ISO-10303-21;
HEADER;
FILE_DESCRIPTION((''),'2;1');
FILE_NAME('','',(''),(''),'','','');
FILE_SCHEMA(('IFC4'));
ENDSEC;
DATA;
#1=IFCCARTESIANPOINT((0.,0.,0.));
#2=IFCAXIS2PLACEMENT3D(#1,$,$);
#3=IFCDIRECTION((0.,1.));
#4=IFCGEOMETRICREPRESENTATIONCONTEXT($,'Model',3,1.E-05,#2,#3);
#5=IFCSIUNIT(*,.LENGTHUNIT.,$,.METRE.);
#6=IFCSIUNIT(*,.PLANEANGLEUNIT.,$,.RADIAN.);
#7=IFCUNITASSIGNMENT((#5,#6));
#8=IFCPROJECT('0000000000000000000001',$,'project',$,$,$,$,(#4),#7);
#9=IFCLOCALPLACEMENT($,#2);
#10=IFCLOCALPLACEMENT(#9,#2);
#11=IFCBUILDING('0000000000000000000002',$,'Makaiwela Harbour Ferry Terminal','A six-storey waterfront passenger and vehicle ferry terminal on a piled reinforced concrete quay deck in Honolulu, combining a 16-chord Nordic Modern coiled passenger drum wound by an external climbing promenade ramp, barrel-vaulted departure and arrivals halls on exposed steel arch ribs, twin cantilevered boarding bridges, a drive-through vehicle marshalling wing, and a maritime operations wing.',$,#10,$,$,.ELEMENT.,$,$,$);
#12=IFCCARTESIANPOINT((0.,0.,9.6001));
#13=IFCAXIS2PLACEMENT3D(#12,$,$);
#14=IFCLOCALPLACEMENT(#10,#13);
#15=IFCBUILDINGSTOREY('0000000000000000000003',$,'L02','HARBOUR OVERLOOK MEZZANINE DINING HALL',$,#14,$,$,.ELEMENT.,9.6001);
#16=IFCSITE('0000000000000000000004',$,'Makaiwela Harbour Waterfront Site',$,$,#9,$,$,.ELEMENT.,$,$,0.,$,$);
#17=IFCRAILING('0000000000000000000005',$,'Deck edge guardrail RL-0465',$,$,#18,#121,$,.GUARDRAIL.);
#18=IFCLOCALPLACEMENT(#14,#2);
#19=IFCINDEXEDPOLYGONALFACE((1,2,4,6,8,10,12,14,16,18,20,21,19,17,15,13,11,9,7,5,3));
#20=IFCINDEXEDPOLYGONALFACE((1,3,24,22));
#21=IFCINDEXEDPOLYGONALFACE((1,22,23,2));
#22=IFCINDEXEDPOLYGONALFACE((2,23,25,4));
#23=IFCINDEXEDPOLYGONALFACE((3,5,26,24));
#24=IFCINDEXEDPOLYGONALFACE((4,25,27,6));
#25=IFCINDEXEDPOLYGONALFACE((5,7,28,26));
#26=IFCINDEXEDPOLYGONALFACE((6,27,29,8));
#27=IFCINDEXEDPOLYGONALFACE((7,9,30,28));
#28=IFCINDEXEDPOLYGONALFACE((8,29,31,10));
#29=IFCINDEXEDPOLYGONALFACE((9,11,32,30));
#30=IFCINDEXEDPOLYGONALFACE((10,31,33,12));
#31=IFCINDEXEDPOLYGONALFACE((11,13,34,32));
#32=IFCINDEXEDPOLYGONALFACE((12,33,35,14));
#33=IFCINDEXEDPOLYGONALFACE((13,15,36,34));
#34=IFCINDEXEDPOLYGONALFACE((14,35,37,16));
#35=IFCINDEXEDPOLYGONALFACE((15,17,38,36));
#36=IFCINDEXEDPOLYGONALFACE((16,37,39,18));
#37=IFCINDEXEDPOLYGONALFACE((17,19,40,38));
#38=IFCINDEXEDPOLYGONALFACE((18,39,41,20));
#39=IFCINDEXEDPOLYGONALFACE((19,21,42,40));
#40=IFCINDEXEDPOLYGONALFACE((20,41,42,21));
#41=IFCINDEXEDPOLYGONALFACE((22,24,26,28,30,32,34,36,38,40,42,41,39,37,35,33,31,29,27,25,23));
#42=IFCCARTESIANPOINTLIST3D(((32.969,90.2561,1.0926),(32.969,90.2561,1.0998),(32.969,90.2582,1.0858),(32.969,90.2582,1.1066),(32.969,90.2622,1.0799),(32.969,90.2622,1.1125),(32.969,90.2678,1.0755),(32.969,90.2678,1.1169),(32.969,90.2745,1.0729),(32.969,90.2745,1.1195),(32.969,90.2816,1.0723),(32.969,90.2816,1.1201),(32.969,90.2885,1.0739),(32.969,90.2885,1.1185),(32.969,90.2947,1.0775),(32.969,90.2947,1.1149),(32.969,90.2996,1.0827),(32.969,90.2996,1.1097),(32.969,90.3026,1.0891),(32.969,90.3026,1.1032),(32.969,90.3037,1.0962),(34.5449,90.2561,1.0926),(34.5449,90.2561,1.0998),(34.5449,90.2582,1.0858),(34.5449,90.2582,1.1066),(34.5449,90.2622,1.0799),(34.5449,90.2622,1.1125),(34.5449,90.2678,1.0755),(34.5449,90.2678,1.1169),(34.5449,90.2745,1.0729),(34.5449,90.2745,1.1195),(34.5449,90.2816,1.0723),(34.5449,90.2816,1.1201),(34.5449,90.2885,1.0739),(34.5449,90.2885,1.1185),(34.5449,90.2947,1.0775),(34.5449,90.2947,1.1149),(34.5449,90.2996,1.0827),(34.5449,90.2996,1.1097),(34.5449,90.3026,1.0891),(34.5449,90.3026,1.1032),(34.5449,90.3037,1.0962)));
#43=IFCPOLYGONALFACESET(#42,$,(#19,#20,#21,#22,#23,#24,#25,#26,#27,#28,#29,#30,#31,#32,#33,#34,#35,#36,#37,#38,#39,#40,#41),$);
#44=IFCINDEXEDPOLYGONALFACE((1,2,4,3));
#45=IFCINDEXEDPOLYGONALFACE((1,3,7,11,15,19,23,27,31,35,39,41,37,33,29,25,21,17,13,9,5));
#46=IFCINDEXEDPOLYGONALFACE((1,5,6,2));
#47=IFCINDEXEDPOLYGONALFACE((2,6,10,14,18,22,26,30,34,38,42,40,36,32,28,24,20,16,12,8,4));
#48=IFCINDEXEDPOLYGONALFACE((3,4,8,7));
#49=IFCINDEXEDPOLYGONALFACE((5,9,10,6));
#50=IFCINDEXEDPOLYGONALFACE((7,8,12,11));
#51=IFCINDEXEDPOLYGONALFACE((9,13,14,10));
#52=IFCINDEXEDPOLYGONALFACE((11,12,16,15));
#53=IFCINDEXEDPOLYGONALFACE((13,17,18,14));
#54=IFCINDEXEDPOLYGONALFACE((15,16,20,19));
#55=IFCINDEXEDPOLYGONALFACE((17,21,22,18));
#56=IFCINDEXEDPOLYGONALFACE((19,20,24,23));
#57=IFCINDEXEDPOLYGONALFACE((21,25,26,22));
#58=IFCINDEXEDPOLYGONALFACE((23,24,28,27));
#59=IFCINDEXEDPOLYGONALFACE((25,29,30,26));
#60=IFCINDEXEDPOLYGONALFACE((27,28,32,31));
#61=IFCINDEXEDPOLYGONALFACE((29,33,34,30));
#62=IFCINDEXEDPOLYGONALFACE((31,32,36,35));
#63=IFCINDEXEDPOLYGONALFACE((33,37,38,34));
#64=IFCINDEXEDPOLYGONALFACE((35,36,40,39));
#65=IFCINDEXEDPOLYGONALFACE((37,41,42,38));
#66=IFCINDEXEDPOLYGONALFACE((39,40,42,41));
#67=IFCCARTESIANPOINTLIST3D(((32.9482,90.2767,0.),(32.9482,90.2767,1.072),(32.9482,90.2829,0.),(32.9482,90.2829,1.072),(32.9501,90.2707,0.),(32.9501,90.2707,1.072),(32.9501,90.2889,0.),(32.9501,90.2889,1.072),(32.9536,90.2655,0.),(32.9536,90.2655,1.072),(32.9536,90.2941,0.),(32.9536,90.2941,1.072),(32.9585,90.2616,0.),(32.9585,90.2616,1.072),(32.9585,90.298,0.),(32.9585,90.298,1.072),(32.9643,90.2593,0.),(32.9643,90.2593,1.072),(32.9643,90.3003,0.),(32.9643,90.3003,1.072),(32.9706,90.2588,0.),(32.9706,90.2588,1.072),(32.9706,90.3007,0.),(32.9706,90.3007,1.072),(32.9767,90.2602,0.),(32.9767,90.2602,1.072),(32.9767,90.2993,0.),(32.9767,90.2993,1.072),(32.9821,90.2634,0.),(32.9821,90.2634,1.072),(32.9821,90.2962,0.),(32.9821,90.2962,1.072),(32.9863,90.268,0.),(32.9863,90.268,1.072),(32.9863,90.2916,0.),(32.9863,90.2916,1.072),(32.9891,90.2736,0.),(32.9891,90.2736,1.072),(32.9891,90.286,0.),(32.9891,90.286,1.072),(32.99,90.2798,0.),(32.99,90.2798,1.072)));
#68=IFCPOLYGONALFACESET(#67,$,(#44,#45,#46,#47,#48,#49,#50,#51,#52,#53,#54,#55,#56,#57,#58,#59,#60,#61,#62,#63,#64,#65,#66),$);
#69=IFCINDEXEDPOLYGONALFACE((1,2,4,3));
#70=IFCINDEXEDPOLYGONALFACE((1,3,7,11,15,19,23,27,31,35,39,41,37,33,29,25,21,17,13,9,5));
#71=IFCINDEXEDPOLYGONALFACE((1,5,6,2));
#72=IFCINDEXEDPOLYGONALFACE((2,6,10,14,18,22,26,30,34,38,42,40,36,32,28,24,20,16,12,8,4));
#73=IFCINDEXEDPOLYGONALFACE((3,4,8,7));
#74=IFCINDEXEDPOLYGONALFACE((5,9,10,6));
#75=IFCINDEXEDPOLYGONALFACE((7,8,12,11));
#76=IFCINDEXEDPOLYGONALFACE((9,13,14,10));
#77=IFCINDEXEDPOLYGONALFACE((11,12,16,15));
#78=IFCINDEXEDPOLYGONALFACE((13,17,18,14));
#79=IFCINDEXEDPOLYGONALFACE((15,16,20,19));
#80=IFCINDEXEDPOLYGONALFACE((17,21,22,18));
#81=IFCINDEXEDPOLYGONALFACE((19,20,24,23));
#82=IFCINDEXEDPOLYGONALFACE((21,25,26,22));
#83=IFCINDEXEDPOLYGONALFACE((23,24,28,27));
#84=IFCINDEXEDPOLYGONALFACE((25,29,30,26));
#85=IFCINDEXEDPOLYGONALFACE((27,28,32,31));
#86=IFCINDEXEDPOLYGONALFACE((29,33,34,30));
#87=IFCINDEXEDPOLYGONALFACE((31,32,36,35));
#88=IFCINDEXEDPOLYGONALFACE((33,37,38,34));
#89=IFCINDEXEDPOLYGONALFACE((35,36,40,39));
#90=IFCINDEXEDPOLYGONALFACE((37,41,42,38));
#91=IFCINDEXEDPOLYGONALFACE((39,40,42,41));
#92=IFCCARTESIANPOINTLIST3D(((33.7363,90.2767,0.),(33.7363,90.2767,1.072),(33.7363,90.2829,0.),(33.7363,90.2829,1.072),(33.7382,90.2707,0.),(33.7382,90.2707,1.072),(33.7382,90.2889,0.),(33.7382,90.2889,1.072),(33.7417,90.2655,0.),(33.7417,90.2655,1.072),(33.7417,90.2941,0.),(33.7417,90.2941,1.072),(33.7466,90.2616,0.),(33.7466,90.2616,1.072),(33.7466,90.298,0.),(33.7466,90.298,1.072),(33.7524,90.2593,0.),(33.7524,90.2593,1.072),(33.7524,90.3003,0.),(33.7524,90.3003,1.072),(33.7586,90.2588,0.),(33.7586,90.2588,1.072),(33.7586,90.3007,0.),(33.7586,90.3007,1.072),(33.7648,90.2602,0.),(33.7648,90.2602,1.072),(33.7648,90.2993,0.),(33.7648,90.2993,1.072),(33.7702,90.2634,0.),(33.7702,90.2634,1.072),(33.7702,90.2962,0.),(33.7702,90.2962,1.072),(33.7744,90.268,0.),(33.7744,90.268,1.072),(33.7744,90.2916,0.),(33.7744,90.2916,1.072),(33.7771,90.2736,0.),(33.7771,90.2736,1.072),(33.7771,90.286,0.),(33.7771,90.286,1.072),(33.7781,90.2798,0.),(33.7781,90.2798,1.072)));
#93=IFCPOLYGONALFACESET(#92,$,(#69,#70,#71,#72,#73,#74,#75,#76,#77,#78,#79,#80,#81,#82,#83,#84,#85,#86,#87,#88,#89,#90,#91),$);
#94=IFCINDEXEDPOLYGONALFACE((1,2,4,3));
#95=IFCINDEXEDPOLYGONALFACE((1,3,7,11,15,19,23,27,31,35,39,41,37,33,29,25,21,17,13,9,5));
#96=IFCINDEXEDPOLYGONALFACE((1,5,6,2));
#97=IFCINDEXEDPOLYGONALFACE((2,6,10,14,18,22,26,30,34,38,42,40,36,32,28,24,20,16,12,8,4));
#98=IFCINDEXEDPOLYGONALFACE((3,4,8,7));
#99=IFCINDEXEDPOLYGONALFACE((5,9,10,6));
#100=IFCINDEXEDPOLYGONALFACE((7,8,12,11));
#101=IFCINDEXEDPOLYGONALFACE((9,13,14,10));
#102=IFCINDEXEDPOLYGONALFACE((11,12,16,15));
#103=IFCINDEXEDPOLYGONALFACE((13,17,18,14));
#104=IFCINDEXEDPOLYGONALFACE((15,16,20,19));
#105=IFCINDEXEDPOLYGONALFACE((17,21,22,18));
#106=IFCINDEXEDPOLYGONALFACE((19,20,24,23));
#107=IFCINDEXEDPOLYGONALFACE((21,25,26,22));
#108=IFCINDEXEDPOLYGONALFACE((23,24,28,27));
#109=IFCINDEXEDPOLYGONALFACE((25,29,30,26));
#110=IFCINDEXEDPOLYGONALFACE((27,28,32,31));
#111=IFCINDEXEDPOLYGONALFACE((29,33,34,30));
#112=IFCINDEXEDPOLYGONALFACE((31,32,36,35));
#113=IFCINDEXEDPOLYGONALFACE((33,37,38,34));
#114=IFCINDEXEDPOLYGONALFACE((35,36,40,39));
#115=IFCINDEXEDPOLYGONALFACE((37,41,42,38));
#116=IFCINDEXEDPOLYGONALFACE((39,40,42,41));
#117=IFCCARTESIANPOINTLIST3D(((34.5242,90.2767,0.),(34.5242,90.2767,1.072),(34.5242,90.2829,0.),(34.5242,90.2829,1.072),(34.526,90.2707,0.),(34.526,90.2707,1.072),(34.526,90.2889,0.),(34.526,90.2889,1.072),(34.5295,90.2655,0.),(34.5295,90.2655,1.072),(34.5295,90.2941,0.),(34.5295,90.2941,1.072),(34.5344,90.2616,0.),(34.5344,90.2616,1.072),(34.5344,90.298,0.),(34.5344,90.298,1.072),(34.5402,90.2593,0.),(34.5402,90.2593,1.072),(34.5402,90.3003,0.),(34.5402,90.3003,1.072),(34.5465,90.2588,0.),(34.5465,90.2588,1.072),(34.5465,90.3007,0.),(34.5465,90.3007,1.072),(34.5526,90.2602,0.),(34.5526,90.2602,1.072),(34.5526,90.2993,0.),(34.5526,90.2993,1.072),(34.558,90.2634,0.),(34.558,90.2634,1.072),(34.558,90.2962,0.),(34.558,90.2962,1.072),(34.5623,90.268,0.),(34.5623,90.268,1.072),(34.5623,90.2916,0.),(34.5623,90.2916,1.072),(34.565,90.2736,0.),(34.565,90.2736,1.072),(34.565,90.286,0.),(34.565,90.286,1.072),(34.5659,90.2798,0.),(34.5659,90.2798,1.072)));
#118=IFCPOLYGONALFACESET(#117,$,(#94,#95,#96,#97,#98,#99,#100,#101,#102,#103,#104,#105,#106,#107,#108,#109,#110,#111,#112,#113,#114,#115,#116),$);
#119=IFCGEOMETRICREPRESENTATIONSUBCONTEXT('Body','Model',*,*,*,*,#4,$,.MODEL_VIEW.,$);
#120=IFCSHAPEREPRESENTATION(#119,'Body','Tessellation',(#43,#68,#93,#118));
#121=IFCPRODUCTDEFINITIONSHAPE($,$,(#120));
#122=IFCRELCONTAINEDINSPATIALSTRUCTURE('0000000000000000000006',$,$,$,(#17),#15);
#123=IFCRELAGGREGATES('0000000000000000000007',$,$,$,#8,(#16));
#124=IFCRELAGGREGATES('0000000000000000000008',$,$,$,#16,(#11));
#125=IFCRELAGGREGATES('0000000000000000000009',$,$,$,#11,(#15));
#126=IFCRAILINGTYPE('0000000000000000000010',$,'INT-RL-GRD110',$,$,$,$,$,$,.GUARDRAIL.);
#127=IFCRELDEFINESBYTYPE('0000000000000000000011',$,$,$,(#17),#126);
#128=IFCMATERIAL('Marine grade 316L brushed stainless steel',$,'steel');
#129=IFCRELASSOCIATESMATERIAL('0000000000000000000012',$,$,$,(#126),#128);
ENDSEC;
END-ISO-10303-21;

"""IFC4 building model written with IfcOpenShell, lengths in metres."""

from ifc_helpers import new_model, si_unit, direction, frame, origin, origin_2d, place, context, subcontext, project, spatial, circle, extrude, material, type_object, element, save


model = new_model("IFC4")

# Units and contexts
model_context = context("Model", 3, precision=1e-05, world=origin(), true_north=direction((0.0, 1.0)))
body_context = subcontext(model_context, "Body", "Model", "MODEL_VIEW")
ifc_project = project(units=[si_unit("LENGTHUNIT", "METRE"), si_unit("PLANEANGLEUNIT", "RADIAN")], contexts=[model_context])

# Site, building, storey
site_placement = place(None, origin())
site = spatial("IfcSite", under=ifc_project, at=site_placement, Name="Makaiwela Harbour Waterfront Site", CompositionType="ELEMENT", RefElevation=0.0)
building_placement = place(site_placement, origin())
building = spatial("IfcBuilding", under=site, at=building_placement, Name="Makaiwela Harbour Ferry Terminal", Description="A six-storey waterfront passenger and vehicle ferry terminal on a piled reinforced concrete quay deck in Honolulu, combining a 16-chord Nordic Modern coiled passenger drum wound by an external climbing promenade ramp, barrel-vaulted departure and arrivals halls on exposed steel arch ribs, twin cantilevered boarding bridges, a drive-through vehicle marshalling wing, and a maritime operations wing.", CompositionType="ELEMENT")
storey_placement = place(building_placement, frame((0.0, 0.0, 9.6001)))
storey = spatial("IfcBuildingStorey", under=building, at=storey_placement, Name="L02", Description="HARBOUR OVERLOOK MEZZANINE DINING HALL", CompositionType="ELEMENT", Elevation=9.6001)

# Railing
ifc_material_1 = material(Name="Marine grade 316L brushed stainless steel", Category="steel")
railing_type = type_object("IfcRailingType", Name="INT-RL-GRD110", PredefinedType="GUARDRAIL", material=ifc_material_1)
railing_1_placement = place(storey_placement, frame((32.969, 90.2798, 0.0)))
element("IfcRailing", 1, at=railing_1_placement, inside=storey, type_object=railing_type, Name="Deck edge guardrail RL-0465", PredefinedType="GUARDRAIL", context=body_context, shape_type="SweptSolid", body=[
    extrude(circle(Radius=0.0239, at=origin_2d()), frame((0.0, 0.0, 1.0962), z_axis=(1.0, 0.0, 0.0), x_axis=(0.0, 1.0, 0.0)), (0.0, 0.0, 1.0), 1.5759),
    extrude(circle(Radius=0.021, at=origin_2d()), origin(), (0.0, 0.0, 1.0), 1.072),
    extrude(circle(Radius=0.021, at=origin_2d()), frame((0.7881, 0.0, 0.0)), (0.0, 0.0, 1.0), 1.072),
    extrude(circle(Radius=0.021, at=origin_2d()), frame((1.5759, 0.0, 0.0)), (0.0, 0.0, 1.0), 1.072),
])

save(model, "model.ifc")
